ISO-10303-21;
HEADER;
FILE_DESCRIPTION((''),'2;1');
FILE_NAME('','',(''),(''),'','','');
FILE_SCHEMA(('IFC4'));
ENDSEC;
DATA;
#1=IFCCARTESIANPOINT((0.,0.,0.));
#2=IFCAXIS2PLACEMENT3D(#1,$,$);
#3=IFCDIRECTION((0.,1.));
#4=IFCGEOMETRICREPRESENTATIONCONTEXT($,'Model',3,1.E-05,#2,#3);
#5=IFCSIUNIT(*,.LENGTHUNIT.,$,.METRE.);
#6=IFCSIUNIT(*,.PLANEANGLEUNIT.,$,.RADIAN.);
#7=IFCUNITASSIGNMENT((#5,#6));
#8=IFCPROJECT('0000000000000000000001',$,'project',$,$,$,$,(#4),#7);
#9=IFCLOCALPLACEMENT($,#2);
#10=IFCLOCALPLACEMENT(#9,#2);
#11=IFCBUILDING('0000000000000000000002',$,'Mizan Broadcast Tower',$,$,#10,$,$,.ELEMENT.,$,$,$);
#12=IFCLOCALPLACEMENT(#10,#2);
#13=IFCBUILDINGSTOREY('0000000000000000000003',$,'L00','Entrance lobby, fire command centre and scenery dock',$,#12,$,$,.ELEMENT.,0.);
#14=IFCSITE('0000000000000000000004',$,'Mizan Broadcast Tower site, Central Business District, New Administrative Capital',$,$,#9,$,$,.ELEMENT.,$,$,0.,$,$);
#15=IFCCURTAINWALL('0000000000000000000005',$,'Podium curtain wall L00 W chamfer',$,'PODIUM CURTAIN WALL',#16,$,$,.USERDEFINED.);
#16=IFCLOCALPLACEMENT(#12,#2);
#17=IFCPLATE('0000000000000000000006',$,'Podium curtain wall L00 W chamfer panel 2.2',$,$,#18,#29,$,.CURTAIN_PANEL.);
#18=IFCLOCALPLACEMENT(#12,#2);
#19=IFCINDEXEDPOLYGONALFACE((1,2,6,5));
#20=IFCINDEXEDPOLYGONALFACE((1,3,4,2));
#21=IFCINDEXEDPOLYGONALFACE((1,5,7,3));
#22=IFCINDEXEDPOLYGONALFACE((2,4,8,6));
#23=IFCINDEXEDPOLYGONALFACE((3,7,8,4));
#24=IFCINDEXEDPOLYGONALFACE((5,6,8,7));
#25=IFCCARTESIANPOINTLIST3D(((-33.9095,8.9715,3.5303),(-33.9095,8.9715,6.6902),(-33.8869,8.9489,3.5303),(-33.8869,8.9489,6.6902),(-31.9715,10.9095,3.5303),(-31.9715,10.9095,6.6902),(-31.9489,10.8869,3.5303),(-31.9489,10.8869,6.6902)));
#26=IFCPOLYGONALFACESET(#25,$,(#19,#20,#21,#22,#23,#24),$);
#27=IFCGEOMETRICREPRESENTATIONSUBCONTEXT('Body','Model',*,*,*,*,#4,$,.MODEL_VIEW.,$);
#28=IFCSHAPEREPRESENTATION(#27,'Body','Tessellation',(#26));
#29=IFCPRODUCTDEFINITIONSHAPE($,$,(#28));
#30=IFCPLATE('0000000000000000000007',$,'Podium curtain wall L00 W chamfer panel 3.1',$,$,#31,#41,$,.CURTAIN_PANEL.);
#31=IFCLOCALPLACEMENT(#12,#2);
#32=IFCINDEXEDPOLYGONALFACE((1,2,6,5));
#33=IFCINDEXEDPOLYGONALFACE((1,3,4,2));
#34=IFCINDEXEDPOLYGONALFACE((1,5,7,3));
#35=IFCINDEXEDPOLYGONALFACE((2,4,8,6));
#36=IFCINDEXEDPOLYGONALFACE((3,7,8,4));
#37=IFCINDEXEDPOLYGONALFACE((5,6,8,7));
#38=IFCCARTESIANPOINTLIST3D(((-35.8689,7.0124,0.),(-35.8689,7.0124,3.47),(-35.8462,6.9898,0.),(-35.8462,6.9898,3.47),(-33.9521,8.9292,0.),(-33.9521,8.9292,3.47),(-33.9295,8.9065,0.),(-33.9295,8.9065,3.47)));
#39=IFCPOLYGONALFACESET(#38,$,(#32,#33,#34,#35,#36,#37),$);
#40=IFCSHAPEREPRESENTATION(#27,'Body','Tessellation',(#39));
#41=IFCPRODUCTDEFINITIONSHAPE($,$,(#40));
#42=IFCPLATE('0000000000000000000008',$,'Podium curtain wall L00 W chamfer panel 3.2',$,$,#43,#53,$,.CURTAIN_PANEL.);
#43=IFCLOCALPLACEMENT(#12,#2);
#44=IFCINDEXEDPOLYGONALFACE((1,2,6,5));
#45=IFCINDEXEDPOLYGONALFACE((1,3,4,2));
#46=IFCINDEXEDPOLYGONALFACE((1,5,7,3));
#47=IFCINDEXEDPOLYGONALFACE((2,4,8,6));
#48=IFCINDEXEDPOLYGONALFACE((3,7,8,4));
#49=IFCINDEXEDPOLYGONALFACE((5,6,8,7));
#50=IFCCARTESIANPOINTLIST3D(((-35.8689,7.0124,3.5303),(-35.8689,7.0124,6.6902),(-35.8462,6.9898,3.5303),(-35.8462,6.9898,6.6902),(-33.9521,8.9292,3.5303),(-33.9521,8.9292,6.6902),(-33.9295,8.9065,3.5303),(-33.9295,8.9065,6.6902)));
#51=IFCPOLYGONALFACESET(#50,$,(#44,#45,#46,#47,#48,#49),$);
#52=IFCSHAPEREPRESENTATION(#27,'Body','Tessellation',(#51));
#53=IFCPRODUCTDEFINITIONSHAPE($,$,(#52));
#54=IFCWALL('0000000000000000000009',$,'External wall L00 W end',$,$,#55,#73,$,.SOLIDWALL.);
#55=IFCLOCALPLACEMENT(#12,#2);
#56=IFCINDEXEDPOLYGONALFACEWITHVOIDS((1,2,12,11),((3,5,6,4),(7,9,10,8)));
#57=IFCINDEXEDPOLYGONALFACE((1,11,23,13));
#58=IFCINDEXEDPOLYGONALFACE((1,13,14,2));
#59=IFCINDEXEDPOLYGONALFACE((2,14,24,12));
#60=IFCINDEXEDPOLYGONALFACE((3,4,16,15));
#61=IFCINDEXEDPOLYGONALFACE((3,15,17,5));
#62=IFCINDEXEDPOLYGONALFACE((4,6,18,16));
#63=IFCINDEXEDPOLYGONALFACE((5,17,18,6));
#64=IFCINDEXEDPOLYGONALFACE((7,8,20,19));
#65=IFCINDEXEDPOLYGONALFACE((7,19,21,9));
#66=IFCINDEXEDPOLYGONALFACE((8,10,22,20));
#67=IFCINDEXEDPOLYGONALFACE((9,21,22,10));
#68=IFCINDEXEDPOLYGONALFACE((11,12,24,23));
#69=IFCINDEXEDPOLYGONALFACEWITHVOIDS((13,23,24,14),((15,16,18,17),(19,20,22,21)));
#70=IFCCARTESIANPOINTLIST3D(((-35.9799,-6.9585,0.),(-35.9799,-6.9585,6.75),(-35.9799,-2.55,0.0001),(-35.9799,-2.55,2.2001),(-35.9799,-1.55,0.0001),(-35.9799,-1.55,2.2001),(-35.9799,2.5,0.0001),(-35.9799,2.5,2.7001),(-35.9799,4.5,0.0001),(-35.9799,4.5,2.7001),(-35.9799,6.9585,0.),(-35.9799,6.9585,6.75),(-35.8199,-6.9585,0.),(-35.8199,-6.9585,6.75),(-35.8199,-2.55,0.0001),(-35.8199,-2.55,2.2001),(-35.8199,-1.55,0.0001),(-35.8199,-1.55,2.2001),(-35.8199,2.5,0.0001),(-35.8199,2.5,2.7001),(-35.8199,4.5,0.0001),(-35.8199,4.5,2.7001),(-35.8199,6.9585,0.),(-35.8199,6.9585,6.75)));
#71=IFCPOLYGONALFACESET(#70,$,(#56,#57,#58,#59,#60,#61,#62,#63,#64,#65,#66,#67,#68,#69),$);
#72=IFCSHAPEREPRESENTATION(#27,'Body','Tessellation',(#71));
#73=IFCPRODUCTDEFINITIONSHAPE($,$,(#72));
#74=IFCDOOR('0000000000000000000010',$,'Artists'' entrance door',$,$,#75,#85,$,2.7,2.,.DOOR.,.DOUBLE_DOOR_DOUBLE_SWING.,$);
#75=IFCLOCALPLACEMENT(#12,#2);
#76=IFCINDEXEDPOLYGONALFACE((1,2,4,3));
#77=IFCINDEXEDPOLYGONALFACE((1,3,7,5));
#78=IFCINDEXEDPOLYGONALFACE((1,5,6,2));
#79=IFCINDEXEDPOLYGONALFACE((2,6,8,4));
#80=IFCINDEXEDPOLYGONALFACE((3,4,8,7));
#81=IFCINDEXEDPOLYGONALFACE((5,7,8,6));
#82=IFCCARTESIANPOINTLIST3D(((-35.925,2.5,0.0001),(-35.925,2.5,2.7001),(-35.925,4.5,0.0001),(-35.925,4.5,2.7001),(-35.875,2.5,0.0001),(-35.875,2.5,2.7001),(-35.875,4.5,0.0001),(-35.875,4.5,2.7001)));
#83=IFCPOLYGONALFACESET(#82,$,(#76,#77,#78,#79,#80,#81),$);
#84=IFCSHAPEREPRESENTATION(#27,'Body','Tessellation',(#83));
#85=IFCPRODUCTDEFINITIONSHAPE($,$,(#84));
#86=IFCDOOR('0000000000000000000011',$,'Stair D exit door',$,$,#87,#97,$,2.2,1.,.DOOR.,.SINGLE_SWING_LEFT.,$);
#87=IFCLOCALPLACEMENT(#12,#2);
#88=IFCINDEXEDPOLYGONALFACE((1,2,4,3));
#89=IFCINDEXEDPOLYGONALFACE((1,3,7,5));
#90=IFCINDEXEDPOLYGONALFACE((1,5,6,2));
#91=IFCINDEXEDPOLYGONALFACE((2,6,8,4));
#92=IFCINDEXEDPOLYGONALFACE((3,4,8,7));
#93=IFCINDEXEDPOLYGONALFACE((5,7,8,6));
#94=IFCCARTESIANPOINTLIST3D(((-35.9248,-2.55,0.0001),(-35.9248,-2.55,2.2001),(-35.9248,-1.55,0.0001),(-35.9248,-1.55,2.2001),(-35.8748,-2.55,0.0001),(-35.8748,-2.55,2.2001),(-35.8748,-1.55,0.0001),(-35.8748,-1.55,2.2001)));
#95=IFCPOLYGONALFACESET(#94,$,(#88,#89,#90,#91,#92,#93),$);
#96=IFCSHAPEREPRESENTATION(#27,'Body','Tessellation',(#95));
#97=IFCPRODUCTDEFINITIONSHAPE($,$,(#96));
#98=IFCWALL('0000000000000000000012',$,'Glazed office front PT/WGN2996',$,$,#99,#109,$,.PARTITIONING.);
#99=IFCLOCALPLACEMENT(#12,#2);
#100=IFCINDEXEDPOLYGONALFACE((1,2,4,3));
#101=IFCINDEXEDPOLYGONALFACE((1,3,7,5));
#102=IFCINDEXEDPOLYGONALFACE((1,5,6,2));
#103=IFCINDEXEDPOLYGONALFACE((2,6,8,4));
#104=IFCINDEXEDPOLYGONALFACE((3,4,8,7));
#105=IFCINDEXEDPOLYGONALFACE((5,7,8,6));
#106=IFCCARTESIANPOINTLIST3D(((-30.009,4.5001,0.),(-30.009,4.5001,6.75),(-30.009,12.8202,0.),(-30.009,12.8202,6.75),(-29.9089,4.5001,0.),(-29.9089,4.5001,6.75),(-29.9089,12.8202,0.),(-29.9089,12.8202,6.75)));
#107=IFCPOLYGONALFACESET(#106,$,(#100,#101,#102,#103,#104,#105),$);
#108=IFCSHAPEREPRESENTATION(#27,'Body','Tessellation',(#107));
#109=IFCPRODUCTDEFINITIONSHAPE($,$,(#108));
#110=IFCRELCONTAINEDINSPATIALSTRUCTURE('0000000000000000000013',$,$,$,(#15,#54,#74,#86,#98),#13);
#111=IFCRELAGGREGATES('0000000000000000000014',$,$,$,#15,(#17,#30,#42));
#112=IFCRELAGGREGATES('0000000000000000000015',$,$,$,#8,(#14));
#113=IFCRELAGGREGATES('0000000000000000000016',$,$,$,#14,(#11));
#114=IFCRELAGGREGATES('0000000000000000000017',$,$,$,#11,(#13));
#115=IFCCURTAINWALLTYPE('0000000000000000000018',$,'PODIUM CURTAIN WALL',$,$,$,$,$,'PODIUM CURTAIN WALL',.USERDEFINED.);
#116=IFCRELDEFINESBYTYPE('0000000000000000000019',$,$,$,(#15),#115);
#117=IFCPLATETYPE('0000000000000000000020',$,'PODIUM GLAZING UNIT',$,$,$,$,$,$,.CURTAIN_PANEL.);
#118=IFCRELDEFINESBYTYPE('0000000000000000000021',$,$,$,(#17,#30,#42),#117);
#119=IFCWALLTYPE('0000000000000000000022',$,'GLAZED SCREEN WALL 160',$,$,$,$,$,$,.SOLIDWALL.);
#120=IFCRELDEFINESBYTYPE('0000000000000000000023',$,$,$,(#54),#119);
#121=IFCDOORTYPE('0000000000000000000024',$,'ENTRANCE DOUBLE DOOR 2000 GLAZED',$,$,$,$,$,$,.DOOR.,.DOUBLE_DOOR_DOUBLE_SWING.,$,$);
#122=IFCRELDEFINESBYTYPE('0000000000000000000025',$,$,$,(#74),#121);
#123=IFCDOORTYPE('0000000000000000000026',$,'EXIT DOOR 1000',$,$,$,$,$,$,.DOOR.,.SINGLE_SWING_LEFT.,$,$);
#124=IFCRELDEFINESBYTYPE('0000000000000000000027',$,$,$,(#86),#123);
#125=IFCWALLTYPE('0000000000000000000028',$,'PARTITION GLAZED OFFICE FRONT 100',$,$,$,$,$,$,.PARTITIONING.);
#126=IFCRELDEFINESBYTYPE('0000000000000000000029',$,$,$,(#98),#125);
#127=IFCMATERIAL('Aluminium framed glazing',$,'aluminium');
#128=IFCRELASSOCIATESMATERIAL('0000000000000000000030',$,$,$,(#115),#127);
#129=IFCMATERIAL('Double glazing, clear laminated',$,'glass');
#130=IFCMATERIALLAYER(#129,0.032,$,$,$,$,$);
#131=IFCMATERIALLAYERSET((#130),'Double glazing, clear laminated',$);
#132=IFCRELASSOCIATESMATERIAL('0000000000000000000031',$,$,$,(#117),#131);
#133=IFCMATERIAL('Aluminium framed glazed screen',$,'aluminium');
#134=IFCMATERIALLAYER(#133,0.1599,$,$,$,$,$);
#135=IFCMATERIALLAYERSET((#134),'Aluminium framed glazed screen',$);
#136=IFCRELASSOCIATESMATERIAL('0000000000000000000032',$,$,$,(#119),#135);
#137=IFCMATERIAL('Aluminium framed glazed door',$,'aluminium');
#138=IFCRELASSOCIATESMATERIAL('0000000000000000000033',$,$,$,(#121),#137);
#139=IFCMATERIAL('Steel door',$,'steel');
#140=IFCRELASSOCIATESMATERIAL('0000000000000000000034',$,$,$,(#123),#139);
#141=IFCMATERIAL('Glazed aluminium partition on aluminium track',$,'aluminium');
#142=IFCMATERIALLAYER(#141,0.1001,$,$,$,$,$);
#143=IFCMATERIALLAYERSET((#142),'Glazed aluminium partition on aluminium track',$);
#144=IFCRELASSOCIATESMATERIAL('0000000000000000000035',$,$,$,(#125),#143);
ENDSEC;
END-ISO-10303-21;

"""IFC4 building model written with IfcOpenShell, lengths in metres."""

from ifc_helpers import new_model, si_unit, direction, frame, frame_2d, origin, origin_2d, place, context, subcontext, project, spatial, rectangle, extrude, material, layer, layer_set, type_object, element, fill, aggregate, save


model = new_model("IFC4")

# Units and contexts
model_context = context("Model", 3, precision=1e-05, world=origin(), true_north=direction((0.0, 1.0)))
body_context = subcontext(model_context, "Body", "Model", "MODEL_VIEW")
ifc_project = project(units=[si_unit("LENGTHUNIT", "METRE"), si_unit("PLANEANGLEUNIT", "RADIAN")], contexts=[model_context])

# Site, building, storey
site_placement = place(None, origin())
site = spatial("IfcSite", under=ifc_project, at=site_placement, Name="Mizan Broadcast Tower site, Central Business District, New Administrative Capital", CompositionType="ELEMENT", RefElevation=0.0)
building_placement = place(site_placement, origin())
building = spatial("IfcBuilding", under=site, at=building_placement, Name="Mizan Broadcast Tower", CompositionType="ELEMENT")
storey_placement = place(building_placement, origin())
storey = spatial("IfcBuildingStorey", under=building, at=storey_placement, Name="L00", Description="Entrance lobby, fire command centre and scenery dock", CompositionType="ELEMENT", Elevation=0.0)

# Curtain wall, plates
ifc_material_1 = material(Name="Aluminium framed glazing", Category="aluminium")
curtain_wall_type = type_object("IfcCurtainWallType", Name="PODIUM CURTAIN WALL", ElementType="PODIUM CURTAIN WALL", PredefinedType="USERDEFINED", material=ifc_material_1)
curtain_wall_placement = place(storey_placement, origin())
curtain_wall = element("IfcCurtainWall", 1, at=curtain_wall_placement, inside=storey, type_object=curtain_wall_type, Name="Podium curtain wall L00 W chamfer", ObjectType="PODIUM CURTAIN WALL", PredefinedType="USERDEFINED")
ifc_material_2 = material(Name="Double glazing, clear laminated", Category="glass")
ifc_layer_1 = layer(ifc_material_2, 0.032)
ifc_layer_set_1 = layer_set([ifc_layer_1], Name="Double glazing, clear laminated")
plate_type = type_object("IfcPlateType", Name="PODIUM GLAZING UNIT", PredefinedType="CURTAIN_PANEL", material=ifc_layer_set_1)
plate_1_placement = place(storey_placement, frame((-32.9292, 9.9292, 3.5303), z_axis=(0.0, 0.0, 1.0), x_axis=(-0.707107, -0.707107, 0.0)))
plate_1 = element("IfcPlate", 2, at=plate_1_placement, type_object=plate_type, Name="Podium curtain wall L00 W chamfer panel 2.2", PredefinedType="CURTAIN_PANEL", context=body_context, shape_type="SweptSolid", body=[
    extrude(rectangle(XDim=2.7407, YDim=0.032, at=origin_2d()), origin(), (0.0, 0.0, 1.0), 3.1599),
])
plate_2_placement = place(storey_placement, frame((-34.8992, 7.9595, 0.0), z_axis=(0.0, 0.0, 1.0), x_axis=(-0.707107, -0.707107, 0.0)))
plate_2 = element("IfcPlate", 3, at=plate_2_placement, type_object=plate_type, Name="Podium curtain wall L00 W chamfer panel 3.1", PredefinedType="CURTAIN_PANEL", context=body_context, shape_type="SweptSolid", body=[
    extrude(rectangle(XDim=2.7107, YDim=0.032, at=origin_2d()), origin(), (0.0, 0.0, 1.0), 3.47),
])
plate_3_placement = place(storey_placement, frame((-34.8992, 7.9595, 3.5303), z_axis=(0.0, 0.0, 1.0), x_axis=(-0.707107, -0.707107, 0.0)))
plate_3 = element("IfcPlate", 4, at=plate_3_placement, type_object=plate_type, Name="Podium curtain wall L00 W chamfer panel 3.2", PredefinedType="CURTAIN_PANEL", context=body_context, shape_type="SweptSolid", body=[
    extrude(rectangle(XDim=2.7107, YDim=0.032, at=origin_2d()), origin(), (0.0, 0.0, 1.0), 3.1599),
])
aggregate(curtain_wall, [plate_1, plate_2, plate_3])

# Wall, openings, doors
ifc_material_3 = material(Name="Aluminium framed glazed screen", Category="aluminium")
ifc_layer_2 = layer(ifc_material_3, 0.1599)
ifc_layer_set_2 = layer_set([ifc_layer_2], Name="Aluminium framed glazed screen")
wall_type_1 = type_object("IfcWallType", Name="GLAZED SCREEN WALL 160", PredefinedType="SOLIDWALL", material=ifc_layer_set_2)
wall_1_placement = place(storey_placement, frame((-35.8999, 6.9585, 0.0), z_axis=(0.0, 0.0, 1.0), x_axis=(0.0, -1.0, 0.0)))
wall_1 = element("IfcWall", 5, at=wall_1_placement, inside=storey, type_object=wall_type_1, Name="External wall L00 W end", PredefinedType="SOLIDWALL", context=body_context, shape_type="SweptSolid", body=[
    extrude(rectangle(XDim=13.917, YDim=0.1599, at=frame_2d((6.9585, 0.0))), origin(), (0.0, 0.0, 1.0), 6.75),
])
opening_1_placement = place(wall_1_placement, frame((2.4585, 0.0, 0.0)))
opening_1 = element("IfcOpeningElement", 6, at=opening_1_placement, cuts=wall_1, PredefinedType="OPENING", context=body_context, shape_type="SweptSolid", body=[
    extrude(rectangle(XDim=2.0, YDim=2.7, at=frame_2d((1.0, 1.3501))), frame((0.0, 0.0898, 0.0), z_axis=(0.0, -1.0, 0.0), x_axis=(1.0, 0.0, 0.0)), (0.0, 0.0, 1.0), 0.1799),
])
opening_2_placement = place(wall_1_placement, frame((8.5085, 0.0, 0.0)))
opening_2 = element("IfcOpeningElement", 7, at=opening_2_placement, cuts=wall_1, PredefinedType="OPENING", context=body_context, shape_type="SweptSolid", body=[
    extrude(rectangle(XDim=1.0, YDim=2.2, at=frame_2d((0.5, 1.1001))), frame((0.0, 0.0898, 0.0), z_axis=(0.0, -1.0, 0.0), x_axis=(1.0, 0.0, 0.0)), (0.0, 0.0, 1.0), 0.1799),
])
ifc_material_4 = material(Name="Aluminium framed glazed door", Category="aluminium")
door_type_1 = type_object("IfcDoorType", Name="ENTRANCE DOUBLE DOOR 2000 GLAZED", OperationType="DOUBLE_DOOR_DOUBLE_SWING", PredefinedType="DOOR", material=ifc_material_4)
door_1_placement = place(opening_1_placement, origin())
door_1 = element("IfcDoor", 8, at=door_1_placement, inside=storey, type_object=door_type_1, Name="Artists' entrance door", OperationType="DOUBLE_DOOR_DOUBLE_SWING", OverallHeight=2.7, OverallWidth=2.0, PredefinedType="DOOR", context=body_context, shape_type="SweptSolid", body=[
    extrude(rectangle(XDim=2.0, YDim=2.7, at=frame_2d((1.0, 1.3501))), frame((0.0, 0.0249, 0.0), z_axis=(0.0, -1.0, 0.0), x_axis=(1.0, 0.0, 0.0)), (0.0, 0.0, 1.0), 0.05),
])
fill(opening_1, door_1)
ifc_material_5 = material(Name="Steel door", Category="steel")
door_type_2 = type_object("IfcDoorType", Name="EXIT DOOR 1000", OperationType="SINGLE_SWING_LEFT", PredefinedType="DOOR", material=ifc_material_5)
door_2_placement = place(opening_2_placement, frame((1.0, 0.0, 0.0), z_axis=(0.0, 0.0, 1.0), x_axis=(-1.0, 0.0, 0.0)))
door_2 = element("IfcDoor", 9, at=door_2_placement, inside=storey, type_object=door_type_2, Name="Stair D exit door", OperationType="SINGLE_SWING_LEFT", OverallHeight=2.2, OverallWidth=1.0, PredefinedType="DOOR", context=body_context, shape_type="SweptSolid", body=[
    extrude(rectangle(XDim=1.0, YDim=2.2, at=frame_2d((0.5, 1.1001))), frame((0.0, 0.0249, 0.0), z_axis=(0.0, -1.0, 0.0), x_axis=(1.0, 0.0, 0.0)), (0.0, 0.0, 1.0), 0.05),
])
fill(opening_2, door_2)

# Wall
ifc_material_6 = material(Name="Glazed aluminium partition on aluminium track", Category="aluminium")
ifc_layer_3 = layer(ifc_material_6, 0.1001)
ifc_layer_set_3 = layer_set([ifc_layer_3], Name="Glazed aluminium partition on aluminium track")
wall_type_2 = type_object("IfcWallType", Name="PARTITION GLAZED OFFICE FRONT 100", PredefinedType="PARTITIONING", material=ifc_layer_set_3)
wall_2_placement = place(storey_placement, frame((-29.959, 4.5, 0.0), z_axis=(0.0, 0.0, 1.0), x_axis=(0.0, 1.0, 0.0)))
element("IfcWall", 10, at=wall_2_placement, inside=storey, type_object=wall_type_2, Name="Glazed office front PT/WGN2996", PredefinedType="PARTITIONING", context=body_context, shape_type="SweptSolid", body=[
    extrude(rectangle(XDim=8.3201, YDim=0.1001, at=frame_2d((4.1602, 0.0))), origin(), (0.0, 0.0, 1.0), 6.75),
])

save(model, "model.ifc")
